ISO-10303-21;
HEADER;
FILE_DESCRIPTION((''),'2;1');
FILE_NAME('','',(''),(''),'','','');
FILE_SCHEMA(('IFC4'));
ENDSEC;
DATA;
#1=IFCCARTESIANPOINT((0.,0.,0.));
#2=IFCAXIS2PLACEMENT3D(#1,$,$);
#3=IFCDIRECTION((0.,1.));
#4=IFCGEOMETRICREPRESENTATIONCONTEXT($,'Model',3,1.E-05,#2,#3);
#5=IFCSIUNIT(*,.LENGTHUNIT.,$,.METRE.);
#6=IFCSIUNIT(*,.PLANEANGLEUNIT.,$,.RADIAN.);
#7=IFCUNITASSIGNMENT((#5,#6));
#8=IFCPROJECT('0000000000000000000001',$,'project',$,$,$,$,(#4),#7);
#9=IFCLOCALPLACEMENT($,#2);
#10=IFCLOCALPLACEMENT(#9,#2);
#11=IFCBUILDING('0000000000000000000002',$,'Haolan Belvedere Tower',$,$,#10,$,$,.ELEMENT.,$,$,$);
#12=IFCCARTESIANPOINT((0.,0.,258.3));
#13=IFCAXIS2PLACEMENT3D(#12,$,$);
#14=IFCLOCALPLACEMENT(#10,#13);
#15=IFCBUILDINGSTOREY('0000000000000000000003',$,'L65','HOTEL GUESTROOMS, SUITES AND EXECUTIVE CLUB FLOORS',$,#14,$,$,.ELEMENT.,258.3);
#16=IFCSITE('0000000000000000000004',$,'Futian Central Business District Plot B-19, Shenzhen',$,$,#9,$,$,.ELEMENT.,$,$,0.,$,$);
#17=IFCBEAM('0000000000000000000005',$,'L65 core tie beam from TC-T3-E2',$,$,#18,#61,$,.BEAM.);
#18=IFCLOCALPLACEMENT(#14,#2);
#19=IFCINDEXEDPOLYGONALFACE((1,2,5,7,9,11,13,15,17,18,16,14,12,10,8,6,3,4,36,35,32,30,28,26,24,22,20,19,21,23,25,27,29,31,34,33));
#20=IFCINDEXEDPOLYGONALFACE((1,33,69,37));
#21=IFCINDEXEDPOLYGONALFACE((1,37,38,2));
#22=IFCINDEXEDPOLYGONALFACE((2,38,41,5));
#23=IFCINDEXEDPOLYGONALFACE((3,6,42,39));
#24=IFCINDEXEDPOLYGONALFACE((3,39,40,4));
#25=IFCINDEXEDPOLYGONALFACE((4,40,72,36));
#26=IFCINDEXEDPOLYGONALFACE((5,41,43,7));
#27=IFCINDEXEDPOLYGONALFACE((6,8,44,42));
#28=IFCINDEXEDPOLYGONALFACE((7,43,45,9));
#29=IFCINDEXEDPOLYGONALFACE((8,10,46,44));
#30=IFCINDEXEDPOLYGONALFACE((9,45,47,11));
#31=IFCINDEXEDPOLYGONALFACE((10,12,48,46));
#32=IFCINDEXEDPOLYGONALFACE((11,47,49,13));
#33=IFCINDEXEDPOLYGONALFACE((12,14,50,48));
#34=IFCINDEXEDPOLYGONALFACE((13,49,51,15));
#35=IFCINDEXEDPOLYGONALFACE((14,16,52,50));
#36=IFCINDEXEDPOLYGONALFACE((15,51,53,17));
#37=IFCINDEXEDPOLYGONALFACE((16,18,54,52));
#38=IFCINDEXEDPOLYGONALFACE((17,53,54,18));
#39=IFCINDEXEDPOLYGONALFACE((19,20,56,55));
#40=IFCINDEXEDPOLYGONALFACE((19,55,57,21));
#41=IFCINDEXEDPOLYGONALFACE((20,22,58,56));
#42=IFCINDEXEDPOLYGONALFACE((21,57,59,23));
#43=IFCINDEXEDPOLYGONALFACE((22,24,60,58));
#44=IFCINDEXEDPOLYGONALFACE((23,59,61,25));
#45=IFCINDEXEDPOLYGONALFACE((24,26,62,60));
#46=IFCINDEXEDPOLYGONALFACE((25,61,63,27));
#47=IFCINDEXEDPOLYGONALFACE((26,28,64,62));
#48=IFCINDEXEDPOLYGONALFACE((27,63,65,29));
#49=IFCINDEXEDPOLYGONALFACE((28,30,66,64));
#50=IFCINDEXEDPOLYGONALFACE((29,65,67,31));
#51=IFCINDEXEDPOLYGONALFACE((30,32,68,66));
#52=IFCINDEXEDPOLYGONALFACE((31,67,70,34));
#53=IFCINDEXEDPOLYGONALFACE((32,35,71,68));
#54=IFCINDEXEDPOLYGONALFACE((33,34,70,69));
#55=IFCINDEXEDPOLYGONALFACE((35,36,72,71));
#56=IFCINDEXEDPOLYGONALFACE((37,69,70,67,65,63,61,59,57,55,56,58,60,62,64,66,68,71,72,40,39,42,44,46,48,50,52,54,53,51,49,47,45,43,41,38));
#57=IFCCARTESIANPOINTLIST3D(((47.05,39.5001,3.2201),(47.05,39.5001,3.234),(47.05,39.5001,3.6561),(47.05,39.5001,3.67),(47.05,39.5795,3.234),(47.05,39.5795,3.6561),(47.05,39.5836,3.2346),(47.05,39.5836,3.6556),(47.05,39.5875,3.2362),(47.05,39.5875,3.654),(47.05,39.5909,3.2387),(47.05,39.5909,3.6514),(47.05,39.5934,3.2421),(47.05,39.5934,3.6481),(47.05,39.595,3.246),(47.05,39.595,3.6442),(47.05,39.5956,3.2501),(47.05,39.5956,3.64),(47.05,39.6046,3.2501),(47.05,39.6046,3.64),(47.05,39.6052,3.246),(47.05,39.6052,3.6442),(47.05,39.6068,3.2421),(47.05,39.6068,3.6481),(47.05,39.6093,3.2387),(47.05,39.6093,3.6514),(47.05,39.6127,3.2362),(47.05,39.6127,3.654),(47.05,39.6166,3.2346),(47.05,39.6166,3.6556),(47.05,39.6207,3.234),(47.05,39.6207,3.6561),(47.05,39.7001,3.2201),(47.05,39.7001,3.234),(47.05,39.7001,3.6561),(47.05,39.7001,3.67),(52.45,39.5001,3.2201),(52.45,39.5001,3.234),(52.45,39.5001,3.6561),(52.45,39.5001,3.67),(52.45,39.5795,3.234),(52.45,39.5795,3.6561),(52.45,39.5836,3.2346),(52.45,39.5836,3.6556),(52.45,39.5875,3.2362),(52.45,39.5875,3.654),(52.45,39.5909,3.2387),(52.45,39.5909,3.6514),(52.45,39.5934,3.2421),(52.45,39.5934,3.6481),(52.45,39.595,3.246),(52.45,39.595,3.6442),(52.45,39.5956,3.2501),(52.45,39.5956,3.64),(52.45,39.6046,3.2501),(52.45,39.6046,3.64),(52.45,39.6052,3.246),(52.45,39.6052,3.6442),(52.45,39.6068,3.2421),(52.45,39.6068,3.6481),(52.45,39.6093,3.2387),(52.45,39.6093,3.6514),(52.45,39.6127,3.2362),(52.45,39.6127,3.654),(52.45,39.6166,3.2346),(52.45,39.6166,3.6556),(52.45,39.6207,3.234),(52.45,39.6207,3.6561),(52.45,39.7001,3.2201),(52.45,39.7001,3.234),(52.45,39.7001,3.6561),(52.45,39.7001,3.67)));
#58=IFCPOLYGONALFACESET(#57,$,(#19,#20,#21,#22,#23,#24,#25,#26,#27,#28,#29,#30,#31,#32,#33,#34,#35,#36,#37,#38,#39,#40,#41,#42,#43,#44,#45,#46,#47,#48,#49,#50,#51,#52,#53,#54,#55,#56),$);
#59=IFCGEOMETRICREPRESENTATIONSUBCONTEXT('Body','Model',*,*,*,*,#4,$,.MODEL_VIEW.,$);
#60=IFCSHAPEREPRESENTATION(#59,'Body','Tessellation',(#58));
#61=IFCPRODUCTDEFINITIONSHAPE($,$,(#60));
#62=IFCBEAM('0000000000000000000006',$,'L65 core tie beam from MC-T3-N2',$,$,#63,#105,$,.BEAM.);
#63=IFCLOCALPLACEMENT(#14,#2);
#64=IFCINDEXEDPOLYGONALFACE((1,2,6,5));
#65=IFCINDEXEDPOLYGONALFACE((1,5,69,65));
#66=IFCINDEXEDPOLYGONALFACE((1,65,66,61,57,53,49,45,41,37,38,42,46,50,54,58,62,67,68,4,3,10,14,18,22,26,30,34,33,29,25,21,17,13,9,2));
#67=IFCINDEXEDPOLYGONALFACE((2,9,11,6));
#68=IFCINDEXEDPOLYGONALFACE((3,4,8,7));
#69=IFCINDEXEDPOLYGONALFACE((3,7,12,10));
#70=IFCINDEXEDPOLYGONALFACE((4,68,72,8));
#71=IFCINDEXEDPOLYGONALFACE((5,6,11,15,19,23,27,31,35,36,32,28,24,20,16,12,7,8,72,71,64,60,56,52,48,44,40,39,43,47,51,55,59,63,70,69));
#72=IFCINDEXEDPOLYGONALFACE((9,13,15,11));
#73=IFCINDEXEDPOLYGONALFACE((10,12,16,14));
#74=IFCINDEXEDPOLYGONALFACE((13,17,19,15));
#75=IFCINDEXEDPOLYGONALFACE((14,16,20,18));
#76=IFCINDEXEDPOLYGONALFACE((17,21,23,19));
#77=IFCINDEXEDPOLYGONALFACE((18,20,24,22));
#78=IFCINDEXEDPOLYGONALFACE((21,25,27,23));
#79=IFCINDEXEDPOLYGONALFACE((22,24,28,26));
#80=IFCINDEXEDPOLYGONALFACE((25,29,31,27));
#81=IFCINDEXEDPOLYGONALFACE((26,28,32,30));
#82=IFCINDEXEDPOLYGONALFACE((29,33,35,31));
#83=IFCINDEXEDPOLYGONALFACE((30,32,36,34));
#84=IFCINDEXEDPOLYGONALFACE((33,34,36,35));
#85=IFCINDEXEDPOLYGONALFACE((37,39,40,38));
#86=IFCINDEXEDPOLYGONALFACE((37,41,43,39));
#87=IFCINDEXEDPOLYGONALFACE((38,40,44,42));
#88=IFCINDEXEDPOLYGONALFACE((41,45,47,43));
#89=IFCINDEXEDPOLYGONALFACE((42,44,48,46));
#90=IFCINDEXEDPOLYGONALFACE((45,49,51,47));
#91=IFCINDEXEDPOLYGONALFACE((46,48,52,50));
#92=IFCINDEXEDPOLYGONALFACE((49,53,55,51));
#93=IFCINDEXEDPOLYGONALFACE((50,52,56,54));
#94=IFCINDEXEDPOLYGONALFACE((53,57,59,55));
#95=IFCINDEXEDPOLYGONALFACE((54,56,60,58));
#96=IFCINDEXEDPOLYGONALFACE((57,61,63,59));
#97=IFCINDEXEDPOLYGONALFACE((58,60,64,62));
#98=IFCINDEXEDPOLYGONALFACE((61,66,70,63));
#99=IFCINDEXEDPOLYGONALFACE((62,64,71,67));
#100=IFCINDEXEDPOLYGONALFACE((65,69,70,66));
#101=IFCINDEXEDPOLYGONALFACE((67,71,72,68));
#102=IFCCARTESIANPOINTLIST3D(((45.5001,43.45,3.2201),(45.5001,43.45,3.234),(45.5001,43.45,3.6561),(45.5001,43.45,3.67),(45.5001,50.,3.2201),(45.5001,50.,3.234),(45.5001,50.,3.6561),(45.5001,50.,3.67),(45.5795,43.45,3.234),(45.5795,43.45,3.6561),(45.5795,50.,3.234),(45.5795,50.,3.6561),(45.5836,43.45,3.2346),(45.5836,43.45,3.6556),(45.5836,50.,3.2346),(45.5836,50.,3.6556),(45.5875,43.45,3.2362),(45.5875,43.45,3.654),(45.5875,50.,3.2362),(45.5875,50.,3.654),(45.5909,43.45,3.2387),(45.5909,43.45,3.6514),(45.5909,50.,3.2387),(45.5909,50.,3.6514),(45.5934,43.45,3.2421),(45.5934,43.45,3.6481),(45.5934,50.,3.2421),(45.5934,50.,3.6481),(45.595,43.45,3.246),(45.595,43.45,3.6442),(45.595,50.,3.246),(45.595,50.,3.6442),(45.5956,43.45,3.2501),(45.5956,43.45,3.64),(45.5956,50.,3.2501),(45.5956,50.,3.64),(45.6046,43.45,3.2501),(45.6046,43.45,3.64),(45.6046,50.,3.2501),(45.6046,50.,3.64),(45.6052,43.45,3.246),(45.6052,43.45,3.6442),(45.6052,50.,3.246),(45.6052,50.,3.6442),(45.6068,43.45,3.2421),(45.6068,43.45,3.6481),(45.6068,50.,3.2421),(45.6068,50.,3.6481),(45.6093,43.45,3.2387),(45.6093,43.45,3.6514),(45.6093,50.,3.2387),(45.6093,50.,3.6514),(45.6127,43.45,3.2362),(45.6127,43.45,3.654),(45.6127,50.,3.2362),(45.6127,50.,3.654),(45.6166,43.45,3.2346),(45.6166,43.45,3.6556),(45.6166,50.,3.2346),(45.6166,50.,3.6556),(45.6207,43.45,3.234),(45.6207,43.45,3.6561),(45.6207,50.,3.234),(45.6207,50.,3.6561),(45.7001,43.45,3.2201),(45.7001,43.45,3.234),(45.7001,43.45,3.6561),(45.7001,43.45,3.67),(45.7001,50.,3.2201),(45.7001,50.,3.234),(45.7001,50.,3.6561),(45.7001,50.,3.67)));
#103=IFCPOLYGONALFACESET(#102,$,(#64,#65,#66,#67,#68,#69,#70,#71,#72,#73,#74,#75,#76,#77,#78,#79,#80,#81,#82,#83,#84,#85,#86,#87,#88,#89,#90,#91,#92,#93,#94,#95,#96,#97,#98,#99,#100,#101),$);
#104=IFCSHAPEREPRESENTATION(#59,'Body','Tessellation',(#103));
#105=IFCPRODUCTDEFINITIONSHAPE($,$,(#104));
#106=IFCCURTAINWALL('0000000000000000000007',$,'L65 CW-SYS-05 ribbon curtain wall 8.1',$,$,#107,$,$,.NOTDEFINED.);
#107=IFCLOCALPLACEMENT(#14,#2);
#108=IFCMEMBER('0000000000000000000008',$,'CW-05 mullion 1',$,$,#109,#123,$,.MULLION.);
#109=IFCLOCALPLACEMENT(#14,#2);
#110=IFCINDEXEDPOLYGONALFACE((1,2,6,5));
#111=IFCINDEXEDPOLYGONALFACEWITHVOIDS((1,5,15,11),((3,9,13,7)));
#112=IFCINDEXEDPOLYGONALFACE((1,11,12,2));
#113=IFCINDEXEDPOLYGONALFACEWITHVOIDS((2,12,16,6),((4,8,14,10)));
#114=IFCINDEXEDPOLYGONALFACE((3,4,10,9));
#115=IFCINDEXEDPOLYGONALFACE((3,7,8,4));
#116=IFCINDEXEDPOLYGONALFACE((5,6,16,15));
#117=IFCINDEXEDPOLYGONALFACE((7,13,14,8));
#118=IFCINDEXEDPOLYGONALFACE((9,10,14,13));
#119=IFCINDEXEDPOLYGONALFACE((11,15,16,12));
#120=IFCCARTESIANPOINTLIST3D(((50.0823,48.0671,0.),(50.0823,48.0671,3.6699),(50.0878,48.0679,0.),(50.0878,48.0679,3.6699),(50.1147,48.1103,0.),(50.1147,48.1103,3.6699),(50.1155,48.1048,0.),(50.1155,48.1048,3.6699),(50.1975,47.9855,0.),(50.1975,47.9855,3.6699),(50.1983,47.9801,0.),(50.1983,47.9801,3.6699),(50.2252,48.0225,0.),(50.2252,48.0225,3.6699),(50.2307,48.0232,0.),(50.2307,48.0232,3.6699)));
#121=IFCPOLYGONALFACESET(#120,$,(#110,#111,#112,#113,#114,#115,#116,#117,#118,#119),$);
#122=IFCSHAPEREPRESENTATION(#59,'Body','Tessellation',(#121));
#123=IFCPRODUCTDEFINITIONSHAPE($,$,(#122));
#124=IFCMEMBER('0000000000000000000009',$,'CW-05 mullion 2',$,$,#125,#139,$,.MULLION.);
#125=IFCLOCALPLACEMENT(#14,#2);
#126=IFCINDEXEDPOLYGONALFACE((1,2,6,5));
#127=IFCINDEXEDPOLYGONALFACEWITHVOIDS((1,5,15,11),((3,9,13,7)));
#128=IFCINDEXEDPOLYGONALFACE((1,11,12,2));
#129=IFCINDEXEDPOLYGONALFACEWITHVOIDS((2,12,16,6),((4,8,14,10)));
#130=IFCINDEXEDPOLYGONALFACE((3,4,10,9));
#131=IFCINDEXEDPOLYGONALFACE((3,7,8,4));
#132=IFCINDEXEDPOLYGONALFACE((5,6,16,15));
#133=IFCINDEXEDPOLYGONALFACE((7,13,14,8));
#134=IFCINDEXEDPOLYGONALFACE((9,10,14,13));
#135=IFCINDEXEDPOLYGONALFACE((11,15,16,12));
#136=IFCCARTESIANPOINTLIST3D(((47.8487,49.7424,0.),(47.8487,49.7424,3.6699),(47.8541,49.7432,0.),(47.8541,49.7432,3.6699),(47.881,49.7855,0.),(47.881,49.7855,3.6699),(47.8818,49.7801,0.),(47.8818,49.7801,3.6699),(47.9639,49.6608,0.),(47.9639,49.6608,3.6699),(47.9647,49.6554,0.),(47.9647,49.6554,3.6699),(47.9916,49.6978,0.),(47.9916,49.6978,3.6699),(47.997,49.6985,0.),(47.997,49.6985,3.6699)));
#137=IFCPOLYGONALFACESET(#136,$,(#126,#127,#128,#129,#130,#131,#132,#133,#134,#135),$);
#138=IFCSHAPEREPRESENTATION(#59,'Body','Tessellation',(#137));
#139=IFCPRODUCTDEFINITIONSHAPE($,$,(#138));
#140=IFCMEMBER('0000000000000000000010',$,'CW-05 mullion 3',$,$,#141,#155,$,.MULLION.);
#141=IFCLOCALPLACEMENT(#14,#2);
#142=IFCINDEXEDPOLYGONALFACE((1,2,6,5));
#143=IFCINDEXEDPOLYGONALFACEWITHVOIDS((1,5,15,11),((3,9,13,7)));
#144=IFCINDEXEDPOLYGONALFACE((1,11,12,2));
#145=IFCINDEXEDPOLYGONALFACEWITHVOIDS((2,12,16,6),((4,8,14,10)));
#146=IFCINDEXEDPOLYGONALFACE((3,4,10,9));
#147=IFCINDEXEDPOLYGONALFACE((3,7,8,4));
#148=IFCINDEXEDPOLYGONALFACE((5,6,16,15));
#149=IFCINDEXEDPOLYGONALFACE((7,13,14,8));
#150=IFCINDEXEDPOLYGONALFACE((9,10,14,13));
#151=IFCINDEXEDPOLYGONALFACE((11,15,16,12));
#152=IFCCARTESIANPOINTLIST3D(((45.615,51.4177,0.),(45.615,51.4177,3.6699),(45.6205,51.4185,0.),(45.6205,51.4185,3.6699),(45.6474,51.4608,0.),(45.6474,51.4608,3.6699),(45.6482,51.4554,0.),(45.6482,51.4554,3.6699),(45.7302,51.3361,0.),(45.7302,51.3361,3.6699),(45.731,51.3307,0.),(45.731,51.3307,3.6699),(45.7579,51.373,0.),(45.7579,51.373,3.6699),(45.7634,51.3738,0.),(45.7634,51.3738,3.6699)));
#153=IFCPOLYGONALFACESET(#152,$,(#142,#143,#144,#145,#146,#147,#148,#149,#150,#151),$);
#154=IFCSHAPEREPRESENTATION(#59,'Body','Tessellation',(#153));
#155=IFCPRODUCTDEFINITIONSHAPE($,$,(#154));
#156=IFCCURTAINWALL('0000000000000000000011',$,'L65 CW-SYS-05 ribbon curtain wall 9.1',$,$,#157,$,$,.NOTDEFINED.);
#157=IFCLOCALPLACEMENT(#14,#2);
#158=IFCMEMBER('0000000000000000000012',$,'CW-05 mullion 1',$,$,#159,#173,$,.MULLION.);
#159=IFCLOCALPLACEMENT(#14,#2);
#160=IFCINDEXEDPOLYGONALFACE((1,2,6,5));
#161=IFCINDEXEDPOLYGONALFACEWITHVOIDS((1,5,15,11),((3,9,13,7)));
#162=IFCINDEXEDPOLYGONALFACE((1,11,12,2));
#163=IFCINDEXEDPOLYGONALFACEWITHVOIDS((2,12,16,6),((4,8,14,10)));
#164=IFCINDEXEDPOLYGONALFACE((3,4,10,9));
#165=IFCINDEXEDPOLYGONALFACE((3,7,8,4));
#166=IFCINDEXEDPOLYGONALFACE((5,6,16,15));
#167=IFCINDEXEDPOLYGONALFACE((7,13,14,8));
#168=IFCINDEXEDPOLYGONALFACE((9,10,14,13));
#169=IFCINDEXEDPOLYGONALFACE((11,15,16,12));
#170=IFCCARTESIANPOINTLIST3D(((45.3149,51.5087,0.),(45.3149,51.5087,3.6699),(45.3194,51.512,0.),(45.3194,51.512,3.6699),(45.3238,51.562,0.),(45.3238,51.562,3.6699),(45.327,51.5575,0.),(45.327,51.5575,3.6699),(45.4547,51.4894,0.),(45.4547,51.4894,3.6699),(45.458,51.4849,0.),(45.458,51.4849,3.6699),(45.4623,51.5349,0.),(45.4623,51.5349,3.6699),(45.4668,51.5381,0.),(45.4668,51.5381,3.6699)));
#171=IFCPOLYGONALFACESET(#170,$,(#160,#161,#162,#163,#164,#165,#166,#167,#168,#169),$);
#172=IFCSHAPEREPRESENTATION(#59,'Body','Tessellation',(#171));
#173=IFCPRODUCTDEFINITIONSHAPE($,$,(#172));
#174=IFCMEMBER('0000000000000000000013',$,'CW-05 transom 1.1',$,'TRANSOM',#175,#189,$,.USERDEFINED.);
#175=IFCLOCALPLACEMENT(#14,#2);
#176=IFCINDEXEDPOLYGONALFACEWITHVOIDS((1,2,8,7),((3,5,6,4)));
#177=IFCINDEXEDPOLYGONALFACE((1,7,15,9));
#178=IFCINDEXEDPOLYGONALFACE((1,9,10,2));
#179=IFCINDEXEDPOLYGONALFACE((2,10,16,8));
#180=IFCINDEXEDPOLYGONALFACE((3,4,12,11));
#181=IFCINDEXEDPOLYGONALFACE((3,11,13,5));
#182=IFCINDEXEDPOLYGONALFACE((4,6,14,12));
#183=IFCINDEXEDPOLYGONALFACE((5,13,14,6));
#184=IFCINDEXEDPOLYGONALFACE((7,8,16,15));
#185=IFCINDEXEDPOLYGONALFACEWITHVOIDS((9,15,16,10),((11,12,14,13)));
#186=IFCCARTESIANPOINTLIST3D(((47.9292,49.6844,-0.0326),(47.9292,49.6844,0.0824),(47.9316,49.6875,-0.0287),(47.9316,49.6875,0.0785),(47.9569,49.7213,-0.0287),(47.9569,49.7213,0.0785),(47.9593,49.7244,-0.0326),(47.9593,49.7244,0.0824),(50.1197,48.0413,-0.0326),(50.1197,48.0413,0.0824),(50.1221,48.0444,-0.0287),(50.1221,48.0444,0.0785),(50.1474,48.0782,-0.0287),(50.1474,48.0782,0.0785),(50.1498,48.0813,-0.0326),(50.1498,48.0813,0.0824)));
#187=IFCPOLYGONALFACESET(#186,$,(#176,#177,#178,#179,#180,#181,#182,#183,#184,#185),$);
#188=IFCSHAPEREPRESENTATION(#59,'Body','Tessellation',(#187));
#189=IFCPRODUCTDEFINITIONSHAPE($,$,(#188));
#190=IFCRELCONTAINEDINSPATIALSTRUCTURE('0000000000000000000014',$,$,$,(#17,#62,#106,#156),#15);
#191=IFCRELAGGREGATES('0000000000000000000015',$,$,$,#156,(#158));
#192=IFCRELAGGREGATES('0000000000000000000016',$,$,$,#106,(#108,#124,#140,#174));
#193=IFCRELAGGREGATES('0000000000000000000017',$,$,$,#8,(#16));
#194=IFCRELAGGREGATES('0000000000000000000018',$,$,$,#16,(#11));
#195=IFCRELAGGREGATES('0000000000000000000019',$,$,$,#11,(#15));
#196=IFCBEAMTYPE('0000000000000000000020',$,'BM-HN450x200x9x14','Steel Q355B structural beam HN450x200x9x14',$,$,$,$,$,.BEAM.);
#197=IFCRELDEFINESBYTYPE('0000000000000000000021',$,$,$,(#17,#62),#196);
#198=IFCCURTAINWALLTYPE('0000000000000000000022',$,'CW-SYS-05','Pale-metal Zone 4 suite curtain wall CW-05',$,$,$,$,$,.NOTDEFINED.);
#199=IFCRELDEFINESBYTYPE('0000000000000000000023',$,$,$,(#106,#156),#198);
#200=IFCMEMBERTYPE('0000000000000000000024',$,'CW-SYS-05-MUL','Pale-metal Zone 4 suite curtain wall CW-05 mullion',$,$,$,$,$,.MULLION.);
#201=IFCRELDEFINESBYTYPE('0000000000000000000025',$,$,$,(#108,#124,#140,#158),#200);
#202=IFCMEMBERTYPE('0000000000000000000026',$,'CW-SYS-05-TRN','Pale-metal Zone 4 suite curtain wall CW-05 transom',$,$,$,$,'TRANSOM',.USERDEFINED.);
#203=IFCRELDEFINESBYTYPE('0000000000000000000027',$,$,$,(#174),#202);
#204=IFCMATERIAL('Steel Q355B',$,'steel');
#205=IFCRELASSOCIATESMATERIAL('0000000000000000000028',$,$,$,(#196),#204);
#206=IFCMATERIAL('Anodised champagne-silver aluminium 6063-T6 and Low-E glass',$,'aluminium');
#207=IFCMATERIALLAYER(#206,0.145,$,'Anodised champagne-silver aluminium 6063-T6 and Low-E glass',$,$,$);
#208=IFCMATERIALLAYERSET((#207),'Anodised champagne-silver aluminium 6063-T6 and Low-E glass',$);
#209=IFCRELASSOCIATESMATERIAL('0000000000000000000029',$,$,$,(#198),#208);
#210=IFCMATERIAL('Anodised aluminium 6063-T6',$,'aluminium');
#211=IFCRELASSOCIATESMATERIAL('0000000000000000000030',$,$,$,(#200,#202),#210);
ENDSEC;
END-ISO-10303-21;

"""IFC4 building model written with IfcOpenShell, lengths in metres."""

from ifc_helpers import new_model, si_unit, direction, frame, origin, origin_2d, place, context, subcontext, project, spatial, hollow_rectangle, i_section, extrude, material, layer, layer_set, material_profile, profile_set, type_object, element, aggregate, save


model = new_model("IFC4")

# Units and contexts
model_context = context("Model", 3, precision=1e-05, world=origin(), true_north=direction((0.0, 1.0)))
body_context = subcontext(model_context, "Body", "Model", "MODEL_VIEW")
ifc_project = project(units=[si_unit("LENGTHUNIT", "METRE"), si_unit("PLANEANGLEUNIT", "RADIAN")], contexts=[model_context])

# Site, building, storey
site_placement = place(None, origin())
site = spatial("IfcSite", under=ifc_project, at=site_placement, Name="Futian Central Business District Plot B-19, Shenzhen", CompositionType="ELEMENT", RefElevation=0.0)
building_placement = place(site_placement, origin())
building = spatial("IfcBuilding", under=site, at=building_placement, Name="Haolan Belvedere Tower", CompositionType="ELEMENT")
storey_placement = place(building_placement, frame((0.0, 0.0, 258.3)))
storey = spatial("IfcBuildingStorey", under=building, at=storey_placement, Name="L65", Description="HOTEL GUESTROOMS, SUITES AND EXECUTIVE CLUB FLOORS", CompositionType="ELEMENT", Elevation=258.3)

# Beams
ifc_material_1 = material(Name="Steel Q355B", Category="steel")
ifc_material_profile_1 = material_profile(ifc_material_1, i_section(OverallWidth=0.2, OverallDepth=0.45, WebThickness=0.009, FlangeThickness=0.0139, FilletRadius=0.0161, at=origin_2d()), Name="Steel Q355B")
ifc_profile_set_1 = profile_set([ifc_material_profile_1], Name="Steel Q355B")
beam_type_1 = type_object("IfcBeamType", Name="BM-HN450x200x9x14", Description="Steel Q355B structural beam HN450x200x9x14", PredefinedType="BEAM", material=ifc_profile_set_1)
beam_1_placement = place(storey_placement, frame((52.45, 39.6001, 3.4451), z_axis=(-1.0, 0.0, 0.0), x_axis=(0.0, -1.0, 0.0)))
element("IfcBeam", 1, at=beam_1_placement, inside=storey, type_object=beam_type_1, Name="L65 core tie beam from TC-T3-E2", PredefinedType="BEAM", context=body_context, shape_type="SweptSolid", body=[
    extrude(i_section(OverallWidth=0.2, OverallDepth=0.45, WebThickness=0.009, FlangeThickness=0.0139, FilletRadius=0.0161, at=origin_2d()), origin(), (0.0, 0.0, 1.0), 5.3999),
])
beam_2_placement = place(storey_placement, frame((45.6001, 50.0, 3.4451), z_axis=(0.0, -1.0, 0.0), x_axis=(1.0, 0.0, 0.0)))
element("IfcBeam", 2, at=beam_2_placement, inside=storey, type_object=beam_type_1, Name="L65 core tie beam from MC-T3-N2", PredefinedType="BEAM", context=body_context, shape_type="SweptSolid", body=[
    extrude(i_section(OverallWidth=0.2, OverallDepth=0.45, WebThickness=0.009, FlangeThickness=0.0139, FilletRadius=0.0161, at=origin_2d()), origin(), (0.0, 0.0, 1.0), 6.55),
])

# Curtain wall, members
ifc_material_2 = material(Name="Anodised champagne-silver aluminium 6063-T6 and Low-E glass", Category="aluminium")
ifc_layer_1 = layer(ifc_material_2, 0.145, Name="Anodised champagne-silver aluminium 6063-T6 and Low-E glass")
ifc_layer_set_1 = layer_set([ifc_layer_1], Name="Anodised champagne-silver aluminium 6063-T6 and Low-E glass")
curtain_wall_type = type_object("IfcCurtainWallType", Name="CW-SYS-05", Description="Pale-metal Zone 4 suite curtain wall CW-05", PredefinedType="NOTDEFINED", material=ifc_layer_set_1)
curtain_wall_1_placement = place(storey_placement, origin())
curtain_wall_1 = element("IfcCurtainWall", 3, at=curtain_wall_1_placement, inside=storey, type_object=curtain_wall_type, Name="L65 CW-SYS-05 ribbon curtain wall 8.1", PredefinedType="NOTDEFINED")
ifc_material_3 = material(Name="Anodised aluminium 6063-T6", Category="aluminium")
ifc_material_profile_2 = material_profile(ifc_material_3, hollow_rectangle(XDim=0.054, YDim=0.145, WallThickness=0.0039, at=origin_2d()), Name="Anodised aluminium 6063-T6")
ifc_profile_set_2 = profile_set([ifc_material_profile_2], Name="Anodised aluminium 6063-T6")
member_type_1 = type_object("IfcMemberType", Name="CW-SYS-05-MUL", Description="Pale-metal Zone 4 suite curtain wall CW-05 mullion", PredefinedType="MULLION", material=ifc_profile_set_2)
member_1_placement = place(storey_placement, frame((50.1565, 48.0452, 0.0), z_axis=(0.0, 0.0, 1.0), x_axis=(-0.600003, -0.799998, 0.0)))
member_1 = element("IfcMember", 4, at=member_1_placement, type_object=member_type_1, Name="CW-05 mullion 1", PredefinedType="MULLION", context=body_context, shape_type="SweptSolid", body=[
    extrude(hollow_rectangle(XDim=0.054, YDim=0.145, WallThickness=0.0039, at=origin_2d()), origin(), (0.0, 0.0, 1.0), 3.6699),
])
member_2_placement = place(storey_placement, frame((47.9229, 49.7205, 0.0), z_axis=(0.0, 0.0, 1.0), x_axis=(-0.600003, -0.799998, 0.0)))
member_2 = element("IfcMember", 5, at=member_2_placement, type_object=member_type_1, Name="CW-05 mullion 2", PredefinedType="MULLION", context=body_context, shape_type="SweptSolid", body=[
    extrude(hollow_rectangle(XDim=0.054, YDim=0.145, WallThickness=0.0039, at=origin_2d()), origin(), (0.0, 0.0, 1.0), 3.6699),
])
member_3_placement = place(storey_placement, frame((45.6892, 51.3958, 0.0), z_axis=(0.0, 0.0, 1.0), x_axis=(-0.600003, -0.799998, 0.0)))
member_3 = element("IfcMember", 6, at=member_3_placement, type_object=member_type_1, Name="CW-05 mullion 3", PredefinedType="MULLION", context=body_context, shape_type="SweptSolid", body=[
    extrude(hollow_rectangle(XDim=0.054, YDim=0.145, WallThickness=0.0039, at=origin_2d()), origin(), (0.0, 0.0, 1.0), 3.6699),
])

# Curtain wall, member
curtain_wall_2_placement = place(storey_placement, origin())
curtain_wall_2 = element("IfcCurtainWall", 7, at=curtain_wall_2_placement, inside=storey, type_object=curtain_wall_type, Name="L65 CW-SYS-05 ribbon curtain wall 9.1", PredefinedType="NOTDEFINED")
member_4_placement = place(storey_placement, frame((45.3909, 51.5234, 0.0), z_axis=(0.0, 0.0, 1.0), x_axis=(-0.164406, -0.986393, 0.0)))
member_4 = element("IfcMember", 8, at=member_4_placement, type_object=member_type_1, Name="CW-05 mullion 1", PredefinedType="MULLION", context=body_context, shape_type="SweptSolid", body=[
    extrude(hollow_rectangle(XDim=0.054, YDim=0.145, WallThickness=0.0039, at=origin_2d()), origin(), (0.0, 0.0, 1.0), 3.6699),
])

# Member
ifc_material_profile_3 = material_profile(ifc_material_3, hollow_rectangle(XDim=0.05, YDim=0.115, WallThickness=0.0039, at=origin_2d()), Name="Anodised aluminium 6063-T6")
ifc_profile_set_3 = profile_set([ifc_material_profile_3], Name="Anodised aluminium 6063-T6")
member_type_2 = type_object("IfcMemberType", Name="CW-SYS-05-TRN", Description="Pale-metal Zone 4 suite curtain wall CW-05 transom", ElementType="TRANSOM", PredefinedType="USERDEFINED", material=ifc_profile_set_3)
member_5_placement = place(storey_placement, frame((50.1348, 48.0613, 0.0249), z_axis=(-0.799957, 0.600057, 0.0), x_axis=(-0.600057, -0.799957, 0.0)))
member_5 = element("IfcMember", 9, at=member_5_placement, type_object=member_type_2, Name="CW-05 transom 1.1", ObjectType="TRANSOM", PredefinedType="USERDEFINED", context=body_context, shape_type="SweptSolid", body=[
    extrude(hollow_rectangle(XDim=0.05, YDim=0.115, WallThickness=0.0039, at=origin_2d()), origin(), (0.0, 0.0, 1.0), 2.7383),
])
aggregate(curtain_wall_2, [member_4])

aggregate(curtain_wall_1, [member_1, member_2, member_3, member_5])

save(model, "model.ifc")
